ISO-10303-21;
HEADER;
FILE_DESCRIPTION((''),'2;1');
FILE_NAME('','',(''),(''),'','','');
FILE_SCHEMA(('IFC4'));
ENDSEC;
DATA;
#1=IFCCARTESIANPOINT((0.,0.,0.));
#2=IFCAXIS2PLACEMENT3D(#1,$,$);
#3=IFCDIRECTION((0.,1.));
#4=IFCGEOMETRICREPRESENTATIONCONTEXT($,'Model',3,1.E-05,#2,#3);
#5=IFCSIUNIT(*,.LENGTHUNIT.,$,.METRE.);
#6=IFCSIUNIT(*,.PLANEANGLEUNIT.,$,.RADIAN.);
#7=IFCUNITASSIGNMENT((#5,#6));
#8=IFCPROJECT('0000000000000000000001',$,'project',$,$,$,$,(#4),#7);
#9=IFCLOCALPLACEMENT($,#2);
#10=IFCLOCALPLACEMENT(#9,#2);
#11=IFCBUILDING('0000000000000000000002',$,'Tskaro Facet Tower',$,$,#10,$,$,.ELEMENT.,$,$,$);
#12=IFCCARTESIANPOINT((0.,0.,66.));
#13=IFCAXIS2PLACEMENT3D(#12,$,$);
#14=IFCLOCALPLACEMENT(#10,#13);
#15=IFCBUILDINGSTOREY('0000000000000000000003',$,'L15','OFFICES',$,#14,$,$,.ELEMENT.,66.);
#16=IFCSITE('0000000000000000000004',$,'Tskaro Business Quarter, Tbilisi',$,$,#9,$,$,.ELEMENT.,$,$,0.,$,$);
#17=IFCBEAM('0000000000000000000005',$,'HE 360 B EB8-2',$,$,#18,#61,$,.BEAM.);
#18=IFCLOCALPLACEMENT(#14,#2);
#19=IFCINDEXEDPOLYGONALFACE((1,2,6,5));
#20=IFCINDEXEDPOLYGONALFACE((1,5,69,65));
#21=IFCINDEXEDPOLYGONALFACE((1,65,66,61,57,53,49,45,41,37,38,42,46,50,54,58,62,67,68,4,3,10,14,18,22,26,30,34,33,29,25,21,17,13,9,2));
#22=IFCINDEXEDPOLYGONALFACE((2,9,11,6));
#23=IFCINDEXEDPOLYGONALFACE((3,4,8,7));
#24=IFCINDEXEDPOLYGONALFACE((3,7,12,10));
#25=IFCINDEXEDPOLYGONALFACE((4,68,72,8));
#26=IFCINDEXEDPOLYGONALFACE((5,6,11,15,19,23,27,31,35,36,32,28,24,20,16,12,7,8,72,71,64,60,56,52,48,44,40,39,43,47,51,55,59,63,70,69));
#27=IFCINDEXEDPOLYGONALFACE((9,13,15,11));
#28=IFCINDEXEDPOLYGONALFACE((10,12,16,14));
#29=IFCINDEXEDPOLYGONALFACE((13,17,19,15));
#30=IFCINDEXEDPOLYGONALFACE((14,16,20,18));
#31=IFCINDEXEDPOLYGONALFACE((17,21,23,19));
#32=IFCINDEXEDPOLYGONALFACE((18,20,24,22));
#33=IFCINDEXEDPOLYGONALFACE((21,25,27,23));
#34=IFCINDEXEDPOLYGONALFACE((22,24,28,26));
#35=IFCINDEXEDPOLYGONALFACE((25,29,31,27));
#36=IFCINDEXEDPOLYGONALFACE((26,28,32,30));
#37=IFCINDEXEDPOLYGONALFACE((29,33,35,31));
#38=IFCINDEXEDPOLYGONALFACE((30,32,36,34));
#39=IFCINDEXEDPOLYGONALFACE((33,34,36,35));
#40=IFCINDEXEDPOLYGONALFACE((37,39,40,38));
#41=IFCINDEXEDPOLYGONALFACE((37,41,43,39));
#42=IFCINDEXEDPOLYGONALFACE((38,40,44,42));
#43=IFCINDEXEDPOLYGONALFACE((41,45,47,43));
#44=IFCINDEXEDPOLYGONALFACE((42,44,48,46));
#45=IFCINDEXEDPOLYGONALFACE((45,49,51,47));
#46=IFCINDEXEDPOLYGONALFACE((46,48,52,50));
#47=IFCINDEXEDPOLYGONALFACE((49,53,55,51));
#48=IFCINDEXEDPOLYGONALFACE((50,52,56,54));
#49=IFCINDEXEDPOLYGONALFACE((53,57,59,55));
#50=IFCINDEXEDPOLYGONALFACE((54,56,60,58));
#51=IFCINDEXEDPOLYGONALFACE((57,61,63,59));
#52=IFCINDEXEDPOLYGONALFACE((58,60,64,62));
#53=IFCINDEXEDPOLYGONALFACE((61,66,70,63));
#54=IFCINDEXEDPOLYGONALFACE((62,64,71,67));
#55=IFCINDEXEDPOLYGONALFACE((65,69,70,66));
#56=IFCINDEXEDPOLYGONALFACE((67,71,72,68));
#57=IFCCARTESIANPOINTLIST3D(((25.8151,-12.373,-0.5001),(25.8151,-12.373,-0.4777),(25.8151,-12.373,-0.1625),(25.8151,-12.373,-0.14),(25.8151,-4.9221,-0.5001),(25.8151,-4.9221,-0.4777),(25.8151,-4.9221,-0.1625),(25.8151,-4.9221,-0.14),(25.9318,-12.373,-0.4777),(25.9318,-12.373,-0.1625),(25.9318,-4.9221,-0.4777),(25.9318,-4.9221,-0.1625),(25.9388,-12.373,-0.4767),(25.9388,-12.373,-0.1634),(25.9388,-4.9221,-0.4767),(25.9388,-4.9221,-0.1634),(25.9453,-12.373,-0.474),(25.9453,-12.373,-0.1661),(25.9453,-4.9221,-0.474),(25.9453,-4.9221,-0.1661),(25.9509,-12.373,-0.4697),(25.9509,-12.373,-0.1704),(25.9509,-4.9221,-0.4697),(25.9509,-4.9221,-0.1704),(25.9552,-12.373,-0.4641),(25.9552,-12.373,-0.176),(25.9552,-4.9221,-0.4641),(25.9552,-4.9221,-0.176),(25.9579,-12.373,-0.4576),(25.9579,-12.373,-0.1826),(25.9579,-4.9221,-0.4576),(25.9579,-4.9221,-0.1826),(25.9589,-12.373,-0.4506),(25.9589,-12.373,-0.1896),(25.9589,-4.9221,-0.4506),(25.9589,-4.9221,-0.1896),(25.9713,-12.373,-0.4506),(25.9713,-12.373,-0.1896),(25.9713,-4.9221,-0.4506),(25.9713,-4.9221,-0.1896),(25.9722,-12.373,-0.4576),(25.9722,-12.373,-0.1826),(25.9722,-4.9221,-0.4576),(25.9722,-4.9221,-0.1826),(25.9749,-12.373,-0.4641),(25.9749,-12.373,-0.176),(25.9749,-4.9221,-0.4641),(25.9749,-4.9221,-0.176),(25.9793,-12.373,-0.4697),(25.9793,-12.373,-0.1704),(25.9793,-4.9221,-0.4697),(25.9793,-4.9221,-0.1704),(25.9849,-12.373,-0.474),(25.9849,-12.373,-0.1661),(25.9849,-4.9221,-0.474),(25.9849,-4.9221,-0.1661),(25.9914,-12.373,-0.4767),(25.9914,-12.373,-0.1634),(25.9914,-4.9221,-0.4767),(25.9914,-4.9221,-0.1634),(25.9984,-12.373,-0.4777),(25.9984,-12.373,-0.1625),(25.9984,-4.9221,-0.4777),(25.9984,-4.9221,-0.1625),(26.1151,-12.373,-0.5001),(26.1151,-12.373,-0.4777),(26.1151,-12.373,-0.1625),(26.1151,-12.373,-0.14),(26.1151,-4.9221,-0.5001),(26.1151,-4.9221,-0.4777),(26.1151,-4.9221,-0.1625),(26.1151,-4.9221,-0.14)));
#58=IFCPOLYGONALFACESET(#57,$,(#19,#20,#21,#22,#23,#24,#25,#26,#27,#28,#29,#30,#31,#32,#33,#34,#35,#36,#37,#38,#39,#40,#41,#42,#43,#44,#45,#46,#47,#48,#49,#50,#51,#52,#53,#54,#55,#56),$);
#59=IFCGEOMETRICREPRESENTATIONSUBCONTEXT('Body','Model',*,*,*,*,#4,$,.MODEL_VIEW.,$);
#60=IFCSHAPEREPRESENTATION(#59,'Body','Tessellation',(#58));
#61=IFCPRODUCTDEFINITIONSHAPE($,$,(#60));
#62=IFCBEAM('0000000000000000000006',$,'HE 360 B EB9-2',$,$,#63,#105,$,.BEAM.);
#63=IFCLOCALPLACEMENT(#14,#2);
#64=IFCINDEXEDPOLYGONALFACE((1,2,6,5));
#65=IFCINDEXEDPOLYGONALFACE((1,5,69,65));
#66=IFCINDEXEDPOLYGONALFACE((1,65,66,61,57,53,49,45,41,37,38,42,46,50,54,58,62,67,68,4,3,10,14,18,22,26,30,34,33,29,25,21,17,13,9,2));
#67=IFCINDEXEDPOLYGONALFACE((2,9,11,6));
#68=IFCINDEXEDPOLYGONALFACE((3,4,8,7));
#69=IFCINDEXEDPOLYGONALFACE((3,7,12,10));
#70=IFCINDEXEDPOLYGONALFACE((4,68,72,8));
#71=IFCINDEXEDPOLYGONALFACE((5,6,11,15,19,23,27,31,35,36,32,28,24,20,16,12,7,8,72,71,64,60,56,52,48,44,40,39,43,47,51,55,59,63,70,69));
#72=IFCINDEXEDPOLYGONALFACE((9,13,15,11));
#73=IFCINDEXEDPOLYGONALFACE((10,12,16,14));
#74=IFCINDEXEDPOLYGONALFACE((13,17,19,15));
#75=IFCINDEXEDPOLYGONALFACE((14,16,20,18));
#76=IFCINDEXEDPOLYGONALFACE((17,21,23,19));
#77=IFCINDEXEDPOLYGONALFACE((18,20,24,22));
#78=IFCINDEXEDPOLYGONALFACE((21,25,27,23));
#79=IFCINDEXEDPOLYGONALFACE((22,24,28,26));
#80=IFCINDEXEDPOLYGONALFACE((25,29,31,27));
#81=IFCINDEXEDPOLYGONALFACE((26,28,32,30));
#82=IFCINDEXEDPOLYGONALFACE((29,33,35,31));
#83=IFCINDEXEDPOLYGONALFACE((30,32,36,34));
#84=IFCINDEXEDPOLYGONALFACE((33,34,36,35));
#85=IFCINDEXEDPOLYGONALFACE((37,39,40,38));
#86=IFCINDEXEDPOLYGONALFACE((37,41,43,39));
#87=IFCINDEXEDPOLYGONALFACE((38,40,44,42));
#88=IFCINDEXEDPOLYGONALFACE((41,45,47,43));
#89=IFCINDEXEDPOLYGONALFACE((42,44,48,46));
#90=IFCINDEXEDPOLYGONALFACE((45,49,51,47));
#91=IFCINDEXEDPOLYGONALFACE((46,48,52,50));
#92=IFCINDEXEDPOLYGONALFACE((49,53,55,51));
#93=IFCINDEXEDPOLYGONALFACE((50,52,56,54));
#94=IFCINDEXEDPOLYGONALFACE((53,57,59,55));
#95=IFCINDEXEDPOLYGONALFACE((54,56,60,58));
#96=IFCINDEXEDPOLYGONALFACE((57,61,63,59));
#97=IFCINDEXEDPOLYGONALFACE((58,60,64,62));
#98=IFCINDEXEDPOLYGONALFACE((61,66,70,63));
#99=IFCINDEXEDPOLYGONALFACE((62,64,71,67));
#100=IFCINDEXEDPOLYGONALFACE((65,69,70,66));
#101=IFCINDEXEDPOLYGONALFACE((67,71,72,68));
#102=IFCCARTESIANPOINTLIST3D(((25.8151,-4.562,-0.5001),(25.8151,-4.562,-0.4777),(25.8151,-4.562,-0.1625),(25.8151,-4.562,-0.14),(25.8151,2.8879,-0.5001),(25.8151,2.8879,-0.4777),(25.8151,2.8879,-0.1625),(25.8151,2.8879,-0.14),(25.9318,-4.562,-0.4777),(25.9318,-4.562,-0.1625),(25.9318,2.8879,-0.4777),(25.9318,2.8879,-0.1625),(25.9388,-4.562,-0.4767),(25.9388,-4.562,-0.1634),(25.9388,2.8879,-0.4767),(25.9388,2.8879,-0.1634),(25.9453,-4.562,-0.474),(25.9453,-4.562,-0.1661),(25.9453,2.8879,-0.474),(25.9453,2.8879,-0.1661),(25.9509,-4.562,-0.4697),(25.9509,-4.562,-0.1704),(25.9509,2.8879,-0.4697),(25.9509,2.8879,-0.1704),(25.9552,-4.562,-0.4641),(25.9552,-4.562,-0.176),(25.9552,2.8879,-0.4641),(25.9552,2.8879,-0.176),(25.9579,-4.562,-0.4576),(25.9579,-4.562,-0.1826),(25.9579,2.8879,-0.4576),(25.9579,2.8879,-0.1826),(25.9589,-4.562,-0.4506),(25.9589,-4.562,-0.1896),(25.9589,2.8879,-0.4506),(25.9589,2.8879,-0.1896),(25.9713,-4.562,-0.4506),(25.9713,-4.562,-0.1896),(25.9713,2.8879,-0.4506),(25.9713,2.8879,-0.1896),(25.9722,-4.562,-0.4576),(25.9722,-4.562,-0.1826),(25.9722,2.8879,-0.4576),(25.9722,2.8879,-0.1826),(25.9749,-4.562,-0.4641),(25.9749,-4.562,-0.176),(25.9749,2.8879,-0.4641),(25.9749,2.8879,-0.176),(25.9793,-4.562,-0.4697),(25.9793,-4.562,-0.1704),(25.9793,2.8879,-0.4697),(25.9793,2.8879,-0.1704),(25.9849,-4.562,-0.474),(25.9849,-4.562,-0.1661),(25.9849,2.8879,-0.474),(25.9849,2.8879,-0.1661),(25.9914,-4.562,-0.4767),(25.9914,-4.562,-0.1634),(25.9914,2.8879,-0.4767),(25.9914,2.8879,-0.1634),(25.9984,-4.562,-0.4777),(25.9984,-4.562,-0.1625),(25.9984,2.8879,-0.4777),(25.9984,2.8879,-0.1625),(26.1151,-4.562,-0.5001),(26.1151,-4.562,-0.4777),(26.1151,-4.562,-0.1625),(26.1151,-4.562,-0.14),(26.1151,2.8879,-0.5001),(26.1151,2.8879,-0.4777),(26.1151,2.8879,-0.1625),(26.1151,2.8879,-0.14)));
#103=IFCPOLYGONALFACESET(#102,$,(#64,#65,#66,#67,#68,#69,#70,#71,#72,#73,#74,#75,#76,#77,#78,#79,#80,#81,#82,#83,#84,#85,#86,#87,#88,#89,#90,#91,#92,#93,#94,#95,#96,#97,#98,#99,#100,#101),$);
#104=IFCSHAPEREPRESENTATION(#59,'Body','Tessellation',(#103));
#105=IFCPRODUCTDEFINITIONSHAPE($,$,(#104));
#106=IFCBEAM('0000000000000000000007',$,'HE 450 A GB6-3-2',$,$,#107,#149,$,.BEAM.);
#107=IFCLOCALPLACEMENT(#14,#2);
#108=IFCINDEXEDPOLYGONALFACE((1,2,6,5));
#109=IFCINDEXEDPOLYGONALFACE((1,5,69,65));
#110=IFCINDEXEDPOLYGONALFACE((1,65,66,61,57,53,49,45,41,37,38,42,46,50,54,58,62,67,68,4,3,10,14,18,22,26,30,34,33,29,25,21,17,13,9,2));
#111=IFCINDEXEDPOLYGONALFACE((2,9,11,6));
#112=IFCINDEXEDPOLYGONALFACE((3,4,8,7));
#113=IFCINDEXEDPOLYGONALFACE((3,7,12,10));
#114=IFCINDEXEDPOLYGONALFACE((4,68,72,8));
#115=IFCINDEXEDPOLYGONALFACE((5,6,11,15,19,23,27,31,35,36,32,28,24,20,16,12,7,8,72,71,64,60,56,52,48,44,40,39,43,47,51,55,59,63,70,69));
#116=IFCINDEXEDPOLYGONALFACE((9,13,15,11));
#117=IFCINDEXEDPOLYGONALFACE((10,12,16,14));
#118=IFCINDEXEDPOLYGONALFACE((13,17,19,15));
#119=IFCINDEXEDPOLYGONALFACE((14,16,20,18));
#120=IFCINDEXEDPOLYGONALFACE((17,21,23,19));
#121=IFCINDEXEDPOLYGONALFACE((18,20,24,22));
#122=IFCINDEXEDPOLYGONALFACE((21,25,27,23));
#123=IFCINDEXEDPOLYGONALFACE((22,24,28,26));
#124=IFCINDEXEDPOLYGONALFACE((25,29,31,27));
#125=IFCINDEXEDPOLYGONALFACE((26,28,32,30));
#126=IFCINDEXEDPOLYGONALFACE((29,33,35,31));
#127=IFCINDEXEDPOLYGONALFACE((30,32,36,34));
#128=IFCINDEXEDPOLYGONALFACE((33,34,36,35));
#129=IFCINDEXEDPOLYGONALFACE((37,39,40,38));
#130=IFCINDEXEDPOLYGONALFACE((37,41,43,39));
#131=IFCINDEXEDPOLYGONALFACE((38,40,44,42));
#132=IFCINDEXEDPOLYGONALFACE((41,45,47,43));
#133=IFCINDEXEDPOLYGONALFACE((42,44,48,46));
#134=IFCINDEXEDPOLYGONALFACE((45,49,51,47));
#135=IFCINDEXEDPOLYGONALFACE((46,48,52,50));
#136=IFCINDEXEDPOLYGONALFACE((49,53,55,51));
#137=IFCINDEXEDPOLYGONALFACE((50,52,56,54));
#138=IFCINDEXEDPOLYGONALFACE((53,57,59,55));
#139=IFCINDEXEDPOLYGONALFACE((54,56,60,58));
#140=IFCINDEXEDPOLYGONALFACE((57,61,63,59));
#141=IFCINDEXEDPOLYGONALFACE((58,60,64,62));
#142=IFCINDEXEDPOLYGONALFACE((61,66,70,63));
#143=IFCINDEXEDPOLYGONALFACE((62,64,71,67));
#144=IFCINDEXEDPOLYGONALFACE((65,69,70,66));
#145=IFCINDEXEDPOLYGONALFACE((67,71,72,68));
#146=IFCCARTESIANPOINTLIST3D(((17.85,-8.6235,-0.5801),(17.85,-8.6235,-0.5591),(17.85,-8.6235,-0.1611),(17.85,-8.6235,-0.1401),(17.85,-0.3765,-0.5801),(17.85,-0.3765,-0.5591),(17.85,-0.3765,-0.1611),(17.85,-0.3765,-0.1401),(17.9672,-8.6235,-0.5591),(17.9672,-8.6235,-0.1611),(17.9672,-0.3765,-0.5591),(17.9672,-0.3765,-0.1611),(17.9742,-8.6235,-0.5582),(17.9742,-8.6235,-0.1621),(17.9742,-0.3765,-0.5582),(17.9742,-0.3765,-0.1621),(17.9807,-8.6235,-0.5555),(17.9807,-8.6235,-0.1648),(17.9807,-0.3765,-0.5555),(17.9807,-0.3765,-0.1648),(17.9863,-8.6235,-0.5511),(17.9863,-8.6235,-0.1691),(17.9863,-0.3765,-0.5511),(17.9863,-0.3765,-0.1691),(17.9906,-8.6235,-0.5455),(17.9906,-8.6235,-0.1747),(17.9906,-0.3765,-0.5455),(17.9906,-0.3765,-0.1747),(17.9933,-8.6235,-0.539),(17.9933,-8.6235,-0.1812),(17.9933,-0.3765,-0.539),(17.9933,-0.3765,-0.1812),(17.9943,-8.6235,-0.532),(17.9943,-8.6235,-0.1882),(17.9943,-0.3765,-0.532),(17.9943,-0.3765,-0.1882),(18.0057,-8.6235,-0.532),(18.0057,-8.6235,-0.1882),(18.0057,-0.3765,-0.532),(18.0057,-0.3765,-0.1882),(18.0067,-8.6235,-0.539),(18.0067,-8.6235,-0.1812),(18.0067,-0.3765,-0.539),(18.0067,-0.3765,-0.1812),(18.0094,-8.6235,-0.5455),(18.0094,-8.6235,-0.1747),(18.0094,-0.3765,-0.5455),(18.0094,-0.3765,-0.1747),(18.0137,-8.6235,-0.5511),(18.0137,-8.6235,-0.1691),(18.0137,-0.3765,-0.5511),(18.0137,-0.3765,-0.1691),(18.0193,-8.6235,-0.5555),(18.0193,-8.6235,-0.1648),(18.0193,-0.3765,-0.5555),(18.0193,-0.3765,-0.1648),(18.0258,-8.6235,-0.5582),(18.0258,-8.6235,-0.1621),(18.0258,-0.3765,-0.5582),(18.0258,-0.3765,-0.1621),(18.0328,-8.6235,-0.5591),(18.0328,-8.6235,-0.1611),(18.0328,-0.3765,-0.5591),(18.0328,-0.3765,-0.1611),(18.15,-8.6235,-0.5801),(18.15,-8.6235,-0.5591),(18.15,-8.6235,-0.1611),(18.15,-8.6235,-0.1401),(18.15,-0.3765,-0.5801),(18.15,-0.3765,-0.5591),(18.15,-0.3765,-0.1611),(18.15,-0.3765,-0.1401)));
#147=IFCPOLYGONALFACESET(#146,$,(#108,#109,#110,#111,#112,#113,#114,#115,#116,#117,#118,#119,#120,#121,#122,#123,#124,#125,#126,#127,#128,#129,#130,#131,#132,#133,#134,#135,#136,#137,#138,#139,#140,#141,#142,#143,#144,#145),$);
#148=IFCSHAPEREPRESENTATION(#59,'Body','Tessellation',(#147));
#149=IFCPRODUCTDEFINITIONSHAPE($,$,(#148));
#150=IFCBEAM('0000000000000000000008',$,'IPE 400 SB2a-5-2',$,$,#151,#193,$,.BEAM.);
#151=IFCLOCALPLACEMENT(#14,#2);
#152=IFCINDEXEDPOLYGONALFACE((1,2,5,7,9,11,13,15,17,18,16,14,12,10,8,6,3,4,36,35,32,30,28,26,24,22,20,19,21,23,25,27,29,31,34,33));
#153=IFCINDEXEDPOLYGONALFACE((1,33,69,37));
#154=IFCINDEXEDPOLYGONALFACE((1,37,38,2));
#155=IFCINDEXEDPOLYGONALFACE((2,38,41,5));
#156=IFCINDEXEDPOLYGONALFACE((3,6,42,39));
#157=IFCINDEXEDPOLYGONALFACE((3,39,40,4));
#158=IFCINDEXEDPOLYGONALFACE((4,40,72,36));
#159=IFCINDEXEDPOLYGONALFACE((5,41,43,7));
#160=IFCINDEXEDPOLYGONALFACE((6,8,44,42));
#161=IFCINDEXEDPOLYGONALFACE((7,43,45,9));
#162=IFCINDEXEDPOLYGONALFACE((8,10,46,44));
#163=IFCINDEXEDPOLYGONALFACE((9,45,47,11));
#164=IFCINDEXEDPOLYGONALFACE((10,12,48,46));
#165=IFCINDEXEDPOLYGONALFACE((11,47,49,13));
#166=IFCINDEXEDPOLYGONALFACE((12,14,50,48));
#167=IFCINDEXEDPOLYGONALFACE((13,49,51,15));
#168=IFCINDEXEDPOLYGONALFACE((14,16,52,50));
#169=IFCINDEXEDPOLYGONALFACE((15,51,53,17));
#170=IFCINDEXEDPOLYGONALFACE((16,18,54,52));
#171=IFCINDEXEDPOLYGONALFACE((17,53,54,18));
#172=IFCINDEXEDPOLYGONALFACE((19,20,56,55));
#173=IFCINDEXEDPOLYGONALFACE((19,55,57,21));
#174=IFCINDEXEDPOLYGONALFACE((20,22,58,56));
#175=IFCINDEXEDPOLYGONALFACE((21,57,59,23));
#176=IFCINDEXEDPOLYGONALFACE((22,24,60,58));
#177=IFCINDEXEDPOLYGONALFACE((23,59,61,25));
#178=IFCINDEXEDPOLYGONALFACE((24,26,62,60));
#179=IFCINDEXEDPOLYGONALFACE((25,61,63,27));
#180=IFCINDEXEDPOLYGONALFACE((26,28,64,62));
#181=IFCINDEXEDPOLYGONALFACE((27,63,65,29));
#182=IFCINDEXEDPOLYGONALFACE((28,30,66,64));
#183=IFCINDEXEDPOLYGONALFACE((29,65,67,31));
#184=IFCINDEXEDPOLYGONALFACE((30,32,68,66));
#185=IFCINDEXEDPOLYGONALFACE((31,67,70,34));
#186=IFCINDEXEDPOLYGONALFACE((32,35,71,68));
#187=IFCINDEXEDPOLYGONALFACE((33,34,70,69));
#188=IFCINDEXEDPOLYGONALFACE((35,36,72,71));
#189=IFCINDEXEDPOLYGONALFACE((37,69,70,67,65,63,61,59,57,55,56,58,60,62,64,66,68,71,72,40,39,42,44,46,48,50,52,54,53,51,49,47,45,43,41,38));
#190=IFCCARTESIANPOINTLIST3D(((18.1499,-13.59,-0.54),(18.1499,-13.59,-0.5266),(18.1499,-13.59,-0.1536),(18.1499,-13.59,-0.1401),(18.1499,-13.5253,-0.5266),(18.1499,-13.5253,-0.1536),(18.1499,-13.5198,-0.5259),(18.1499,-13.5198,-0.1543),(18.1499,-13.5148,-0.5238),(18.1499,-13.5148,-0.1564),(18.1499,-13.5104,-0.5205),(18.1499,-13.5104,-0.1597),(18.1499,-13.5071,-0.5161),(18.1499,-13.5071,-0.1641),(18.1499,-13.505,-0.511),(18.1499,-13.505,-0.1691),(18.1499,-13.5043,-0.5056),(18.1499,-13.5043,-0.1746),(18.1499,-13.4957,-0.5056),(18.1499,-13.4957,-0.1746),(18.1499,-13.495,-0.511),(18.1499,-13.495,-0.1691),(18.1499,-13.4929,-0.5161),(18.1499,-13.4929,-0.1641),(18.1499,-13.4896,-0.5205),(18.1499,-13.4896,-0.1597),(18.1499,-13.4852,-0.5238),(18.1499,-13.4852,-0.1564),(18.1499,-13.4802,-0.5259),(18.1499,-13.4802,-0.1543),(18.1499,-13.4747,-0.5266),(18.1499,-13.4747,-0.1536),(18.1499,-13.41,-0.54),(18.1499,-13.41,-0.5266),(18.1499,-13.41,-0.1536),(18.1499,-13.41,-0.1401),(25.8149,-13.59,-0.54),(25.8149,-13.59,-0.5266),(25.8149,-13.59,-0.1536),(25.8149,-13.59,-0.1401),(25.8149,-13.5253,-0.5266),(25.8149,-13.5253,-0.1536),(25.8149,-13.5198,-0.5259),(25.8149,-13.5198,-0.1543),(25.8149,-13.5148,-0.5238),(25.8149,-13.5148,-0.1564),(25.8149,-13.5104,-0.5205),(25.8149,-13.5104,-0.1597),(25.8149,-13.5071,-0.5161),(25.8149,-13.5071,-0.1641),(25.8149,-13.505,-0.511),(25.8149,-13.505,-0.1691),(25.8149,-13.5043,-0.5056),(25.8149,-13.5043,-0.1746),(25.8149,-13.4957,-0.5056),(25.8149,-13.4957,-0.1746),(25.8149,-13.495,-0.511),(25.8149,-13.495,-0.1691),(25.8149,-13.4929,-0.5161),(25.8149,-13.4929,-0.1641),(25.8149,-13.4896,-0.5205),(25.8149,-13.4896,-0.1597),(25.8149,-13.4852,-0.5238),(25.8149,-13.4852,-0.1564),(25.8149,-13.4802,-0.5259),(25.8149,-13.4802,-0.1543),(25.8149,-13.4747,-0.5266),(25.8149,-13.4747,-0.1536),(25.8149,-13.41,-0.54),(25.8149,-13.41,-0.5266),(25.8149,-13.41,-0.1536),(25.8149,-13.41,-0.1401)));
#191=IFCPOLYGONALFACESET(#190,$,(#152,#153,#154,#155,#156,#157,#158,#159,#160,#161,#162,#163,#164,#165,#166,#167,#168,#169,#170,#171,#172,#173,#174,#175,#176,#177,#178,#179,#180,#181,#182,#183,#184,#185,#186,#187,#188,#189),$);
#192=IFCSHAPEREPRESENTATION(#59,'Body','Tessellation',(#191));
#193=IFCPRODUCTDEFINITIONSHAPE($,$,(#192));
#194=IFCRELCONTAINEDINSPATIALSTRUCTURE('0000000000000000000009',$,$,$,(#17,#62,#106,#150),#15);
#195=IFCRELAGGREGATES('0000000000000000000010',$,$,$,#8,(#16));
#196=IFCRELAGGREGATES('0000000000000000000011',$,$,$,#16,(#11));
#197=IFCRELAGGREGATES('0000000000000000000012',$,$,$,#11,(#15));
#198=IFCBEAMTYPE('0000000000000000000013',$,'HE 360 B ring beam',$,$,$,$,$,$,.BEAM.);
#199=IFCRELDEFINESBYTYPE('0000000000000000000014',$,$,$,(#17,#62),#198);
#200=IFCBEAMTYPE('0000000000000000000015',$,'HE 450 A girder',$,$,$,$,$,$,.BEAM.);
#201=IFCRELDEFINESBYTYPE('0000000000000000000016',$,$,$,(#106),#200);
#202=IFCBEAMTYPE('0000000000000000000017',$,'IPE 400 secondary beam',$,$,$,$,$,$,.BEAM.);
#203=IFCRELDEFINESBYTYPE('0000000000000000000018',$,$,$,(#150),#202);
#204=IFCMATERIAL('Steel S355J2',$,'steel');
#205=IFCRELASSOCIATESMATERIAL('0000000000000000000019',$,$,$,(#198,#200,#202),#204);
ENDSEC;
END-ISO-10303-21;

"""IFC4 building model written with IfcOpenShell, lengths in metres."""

from ifc_helpers import new_model, si_unit, direction, frame, origin, origin_2d, place, context, subcontext, project, spatial, i_section, extrude, material, material_profile, profile_set, type_object, element, save


model = new_model("IFC4")

# Units and contexts
model_context = context("Model", 3, precision=1e-05, world=origin(), true_north=direction((0.0, 1.0)))
body_context = subcontext(model_context, "Body", "Model", "MODEL_VIEW")
ifc_project = project(units=[si_unit("LENGTHUNIT", "METRE"), si_unit("PLANEANGLEUNIT", "RADIAN")], contexts=[model_context])

# Site, building, storey
site_placement = place(None, origin())
site = spatial("IfcSite", under=ifc_project, at=site_placement, Name="Tskaro Business Quarter, Tbilisi", CompositionType="ELEMENT", RefElevation=0.0)
building_placement = place(site_placement, origin())
building = spatial("IfcBuilding", under=site, at=building_placement, Name="Tskaro Facet Tower", CompositionType="ELEMENT")
storey_placement = place(building_placement, frame((0.0, 0.0, 66.0)))
storey = spatial("IfcBuildingStorey", under=building, at=storey_placement, Name="L15", Description="OFFICES", CompositionType="ELEMENT", Elevation=66.0)

# Beams
ifc_material_1 = material(Name="Steel S355J2", Category="steel")
ifc_material_profile_1 = material_profile(ifc_material_1, i_section(OverallWidth=0.3, OverallDepth=0.3601, WebThickness=0.0125, FlangeThickness=0.0225, FilletRadius=0.0271, at=origin_2d()), Name="HE 360 B")
ifc_profile_set_1 = profile_set([ifc_material_profile_1], Name="Steel S355J2")
beam_type_1 = type_object("IfcBeamType", Name="HE 360 B ring beam", PredefinedType="BEAM", material=ifc_profile_set_1)
beam_1_placement = place(storey_placement, frame((25.9651, -12.373, -0.3201), z_axis=(0.0, 1.0, 0.0), x_axis=(-1.0, 0.0, 0.0)))
element("IfcBeam", 1, at=beam_1_placement, inside=storey, type_object=beam_type_1, Name="HE 360 B EB8-2", PredefinedType="BEAM", context=body_context, shape_type="SweptSolid", body=[
    extrude(i_section(OverallWidth=0.3, OverallDepth=0.3601, WebThickness=0.0125, FlangeThickness=0.0225, FilletRadius=0.0271, at=origin_2d()), origin(), (0.0, 0.0, 1.0), 7.4509),
])
beam_2_placement = place(storey_placement, frame((25.9651, -4.562, -0.3201), z_axis=(0.0, 1.0, 0.0), x_axis=(-1.0, 0.0, 0.0)))
element("IfcBeam", 2, at=beam_2_placement, inside=storey, type_object=beam_type_1, Name="HE 360 B EB9-2", PredefinedType="BEAM", context=body_context, shape_type="SweptSolid", body=[
    extrude(i_section(OverallWidth=0.3, OverallDepth=0.3601, WebThickness=0.0125, FlangeThickness=0.0225, FilletRadius=0.0271, at=origin_2d()), origin(), (0.0, 0.0, 1.0), 7.45),
])
ifc_material_profile_2 = material_profile(ifc_material_1, i_section(OverallWidth=0.3, OverallDepth=0.4399, WebThickness=0.0115, FlangeThickness=0.021, FilletRadius=0.0271, at=origin_2d()), Name="HE 450 A")
ifc_profile_set_2 = profile_set([ifc_material_profile_2], Name="Steel S355J2")
beam_type_2 = type_object("IfcBeamType", Name="HE 450 A girder", PredefinedType="BEAM", material=ifc_profile_set_2)
beam_3_placement = place(storey_placement, frame((18.0, -8.6235, -0.3601), z_axis=(0.0, 1.0, 0.0), x_axis=(-1.0, 0.0, 0.0)))
element("IfcBeam", 3, at=beam_3_placement, inside=storey, type_object=beam_type_2, Name="HE 450 A GB6-3-2", PredefinedType="BEAM", context=body_context, shape_type="SweptSolid", body=[
    extrude(i_section(OverallWidth=0.3, OverallDepth=0.4399, WebThickness=0.0115, FlangeThickness=0.021, FilletRadius=0.0271, at=origin_2d()), origin(), (0.0, 0.0, 1.0), 8.2471),
])
ifc_material_profile_3 = material_profile(ifc_material_1, i_section(OverallWidth=0.1799, OverallDepth=0.3999, WebThickness=0.0085, FlangeThickness=0.0134, FilletRadius=0.021, at=origin_2d()), Name="IPE 400")
ifc_profile_set_3 = profile_set([ifc_material_profile_3], Name="Steel S355J2")
beam_type_3 = type_object("IfcBeamType", Name="IPE 400 secondary beam", PredefinedType="BEAM", material=ifc_profile_set_3)
for number, where, z_axis, x_axis, name in (
    (4, (18.1499, -13.5, -0.3401), (1.0, 0.0, 0.0), (0.0, 1.0, 0.0), "IPE 400 SB2a-5-2"),
):
    element("IfcBeam", number, at=place(storey_placement, frame(where, z_axis=z_axis, x_axis=x_axis)), inside=storey, type_object=beam_type_3, Name=name, PredefinedType="BEAM", context=body_context, shape_type="SweptSolid", body=[
        extrude(i_section(OverallWidth=0.1799, OverallDepth=0.3999, WebThickness=0.0085, FlangeThickness=0.0134, FilletRadius=0.021, at=origin_2d()), origin(), (0.0, 0.0, 1.0), 7.665),
    ])

save(model, "model.ifc")
